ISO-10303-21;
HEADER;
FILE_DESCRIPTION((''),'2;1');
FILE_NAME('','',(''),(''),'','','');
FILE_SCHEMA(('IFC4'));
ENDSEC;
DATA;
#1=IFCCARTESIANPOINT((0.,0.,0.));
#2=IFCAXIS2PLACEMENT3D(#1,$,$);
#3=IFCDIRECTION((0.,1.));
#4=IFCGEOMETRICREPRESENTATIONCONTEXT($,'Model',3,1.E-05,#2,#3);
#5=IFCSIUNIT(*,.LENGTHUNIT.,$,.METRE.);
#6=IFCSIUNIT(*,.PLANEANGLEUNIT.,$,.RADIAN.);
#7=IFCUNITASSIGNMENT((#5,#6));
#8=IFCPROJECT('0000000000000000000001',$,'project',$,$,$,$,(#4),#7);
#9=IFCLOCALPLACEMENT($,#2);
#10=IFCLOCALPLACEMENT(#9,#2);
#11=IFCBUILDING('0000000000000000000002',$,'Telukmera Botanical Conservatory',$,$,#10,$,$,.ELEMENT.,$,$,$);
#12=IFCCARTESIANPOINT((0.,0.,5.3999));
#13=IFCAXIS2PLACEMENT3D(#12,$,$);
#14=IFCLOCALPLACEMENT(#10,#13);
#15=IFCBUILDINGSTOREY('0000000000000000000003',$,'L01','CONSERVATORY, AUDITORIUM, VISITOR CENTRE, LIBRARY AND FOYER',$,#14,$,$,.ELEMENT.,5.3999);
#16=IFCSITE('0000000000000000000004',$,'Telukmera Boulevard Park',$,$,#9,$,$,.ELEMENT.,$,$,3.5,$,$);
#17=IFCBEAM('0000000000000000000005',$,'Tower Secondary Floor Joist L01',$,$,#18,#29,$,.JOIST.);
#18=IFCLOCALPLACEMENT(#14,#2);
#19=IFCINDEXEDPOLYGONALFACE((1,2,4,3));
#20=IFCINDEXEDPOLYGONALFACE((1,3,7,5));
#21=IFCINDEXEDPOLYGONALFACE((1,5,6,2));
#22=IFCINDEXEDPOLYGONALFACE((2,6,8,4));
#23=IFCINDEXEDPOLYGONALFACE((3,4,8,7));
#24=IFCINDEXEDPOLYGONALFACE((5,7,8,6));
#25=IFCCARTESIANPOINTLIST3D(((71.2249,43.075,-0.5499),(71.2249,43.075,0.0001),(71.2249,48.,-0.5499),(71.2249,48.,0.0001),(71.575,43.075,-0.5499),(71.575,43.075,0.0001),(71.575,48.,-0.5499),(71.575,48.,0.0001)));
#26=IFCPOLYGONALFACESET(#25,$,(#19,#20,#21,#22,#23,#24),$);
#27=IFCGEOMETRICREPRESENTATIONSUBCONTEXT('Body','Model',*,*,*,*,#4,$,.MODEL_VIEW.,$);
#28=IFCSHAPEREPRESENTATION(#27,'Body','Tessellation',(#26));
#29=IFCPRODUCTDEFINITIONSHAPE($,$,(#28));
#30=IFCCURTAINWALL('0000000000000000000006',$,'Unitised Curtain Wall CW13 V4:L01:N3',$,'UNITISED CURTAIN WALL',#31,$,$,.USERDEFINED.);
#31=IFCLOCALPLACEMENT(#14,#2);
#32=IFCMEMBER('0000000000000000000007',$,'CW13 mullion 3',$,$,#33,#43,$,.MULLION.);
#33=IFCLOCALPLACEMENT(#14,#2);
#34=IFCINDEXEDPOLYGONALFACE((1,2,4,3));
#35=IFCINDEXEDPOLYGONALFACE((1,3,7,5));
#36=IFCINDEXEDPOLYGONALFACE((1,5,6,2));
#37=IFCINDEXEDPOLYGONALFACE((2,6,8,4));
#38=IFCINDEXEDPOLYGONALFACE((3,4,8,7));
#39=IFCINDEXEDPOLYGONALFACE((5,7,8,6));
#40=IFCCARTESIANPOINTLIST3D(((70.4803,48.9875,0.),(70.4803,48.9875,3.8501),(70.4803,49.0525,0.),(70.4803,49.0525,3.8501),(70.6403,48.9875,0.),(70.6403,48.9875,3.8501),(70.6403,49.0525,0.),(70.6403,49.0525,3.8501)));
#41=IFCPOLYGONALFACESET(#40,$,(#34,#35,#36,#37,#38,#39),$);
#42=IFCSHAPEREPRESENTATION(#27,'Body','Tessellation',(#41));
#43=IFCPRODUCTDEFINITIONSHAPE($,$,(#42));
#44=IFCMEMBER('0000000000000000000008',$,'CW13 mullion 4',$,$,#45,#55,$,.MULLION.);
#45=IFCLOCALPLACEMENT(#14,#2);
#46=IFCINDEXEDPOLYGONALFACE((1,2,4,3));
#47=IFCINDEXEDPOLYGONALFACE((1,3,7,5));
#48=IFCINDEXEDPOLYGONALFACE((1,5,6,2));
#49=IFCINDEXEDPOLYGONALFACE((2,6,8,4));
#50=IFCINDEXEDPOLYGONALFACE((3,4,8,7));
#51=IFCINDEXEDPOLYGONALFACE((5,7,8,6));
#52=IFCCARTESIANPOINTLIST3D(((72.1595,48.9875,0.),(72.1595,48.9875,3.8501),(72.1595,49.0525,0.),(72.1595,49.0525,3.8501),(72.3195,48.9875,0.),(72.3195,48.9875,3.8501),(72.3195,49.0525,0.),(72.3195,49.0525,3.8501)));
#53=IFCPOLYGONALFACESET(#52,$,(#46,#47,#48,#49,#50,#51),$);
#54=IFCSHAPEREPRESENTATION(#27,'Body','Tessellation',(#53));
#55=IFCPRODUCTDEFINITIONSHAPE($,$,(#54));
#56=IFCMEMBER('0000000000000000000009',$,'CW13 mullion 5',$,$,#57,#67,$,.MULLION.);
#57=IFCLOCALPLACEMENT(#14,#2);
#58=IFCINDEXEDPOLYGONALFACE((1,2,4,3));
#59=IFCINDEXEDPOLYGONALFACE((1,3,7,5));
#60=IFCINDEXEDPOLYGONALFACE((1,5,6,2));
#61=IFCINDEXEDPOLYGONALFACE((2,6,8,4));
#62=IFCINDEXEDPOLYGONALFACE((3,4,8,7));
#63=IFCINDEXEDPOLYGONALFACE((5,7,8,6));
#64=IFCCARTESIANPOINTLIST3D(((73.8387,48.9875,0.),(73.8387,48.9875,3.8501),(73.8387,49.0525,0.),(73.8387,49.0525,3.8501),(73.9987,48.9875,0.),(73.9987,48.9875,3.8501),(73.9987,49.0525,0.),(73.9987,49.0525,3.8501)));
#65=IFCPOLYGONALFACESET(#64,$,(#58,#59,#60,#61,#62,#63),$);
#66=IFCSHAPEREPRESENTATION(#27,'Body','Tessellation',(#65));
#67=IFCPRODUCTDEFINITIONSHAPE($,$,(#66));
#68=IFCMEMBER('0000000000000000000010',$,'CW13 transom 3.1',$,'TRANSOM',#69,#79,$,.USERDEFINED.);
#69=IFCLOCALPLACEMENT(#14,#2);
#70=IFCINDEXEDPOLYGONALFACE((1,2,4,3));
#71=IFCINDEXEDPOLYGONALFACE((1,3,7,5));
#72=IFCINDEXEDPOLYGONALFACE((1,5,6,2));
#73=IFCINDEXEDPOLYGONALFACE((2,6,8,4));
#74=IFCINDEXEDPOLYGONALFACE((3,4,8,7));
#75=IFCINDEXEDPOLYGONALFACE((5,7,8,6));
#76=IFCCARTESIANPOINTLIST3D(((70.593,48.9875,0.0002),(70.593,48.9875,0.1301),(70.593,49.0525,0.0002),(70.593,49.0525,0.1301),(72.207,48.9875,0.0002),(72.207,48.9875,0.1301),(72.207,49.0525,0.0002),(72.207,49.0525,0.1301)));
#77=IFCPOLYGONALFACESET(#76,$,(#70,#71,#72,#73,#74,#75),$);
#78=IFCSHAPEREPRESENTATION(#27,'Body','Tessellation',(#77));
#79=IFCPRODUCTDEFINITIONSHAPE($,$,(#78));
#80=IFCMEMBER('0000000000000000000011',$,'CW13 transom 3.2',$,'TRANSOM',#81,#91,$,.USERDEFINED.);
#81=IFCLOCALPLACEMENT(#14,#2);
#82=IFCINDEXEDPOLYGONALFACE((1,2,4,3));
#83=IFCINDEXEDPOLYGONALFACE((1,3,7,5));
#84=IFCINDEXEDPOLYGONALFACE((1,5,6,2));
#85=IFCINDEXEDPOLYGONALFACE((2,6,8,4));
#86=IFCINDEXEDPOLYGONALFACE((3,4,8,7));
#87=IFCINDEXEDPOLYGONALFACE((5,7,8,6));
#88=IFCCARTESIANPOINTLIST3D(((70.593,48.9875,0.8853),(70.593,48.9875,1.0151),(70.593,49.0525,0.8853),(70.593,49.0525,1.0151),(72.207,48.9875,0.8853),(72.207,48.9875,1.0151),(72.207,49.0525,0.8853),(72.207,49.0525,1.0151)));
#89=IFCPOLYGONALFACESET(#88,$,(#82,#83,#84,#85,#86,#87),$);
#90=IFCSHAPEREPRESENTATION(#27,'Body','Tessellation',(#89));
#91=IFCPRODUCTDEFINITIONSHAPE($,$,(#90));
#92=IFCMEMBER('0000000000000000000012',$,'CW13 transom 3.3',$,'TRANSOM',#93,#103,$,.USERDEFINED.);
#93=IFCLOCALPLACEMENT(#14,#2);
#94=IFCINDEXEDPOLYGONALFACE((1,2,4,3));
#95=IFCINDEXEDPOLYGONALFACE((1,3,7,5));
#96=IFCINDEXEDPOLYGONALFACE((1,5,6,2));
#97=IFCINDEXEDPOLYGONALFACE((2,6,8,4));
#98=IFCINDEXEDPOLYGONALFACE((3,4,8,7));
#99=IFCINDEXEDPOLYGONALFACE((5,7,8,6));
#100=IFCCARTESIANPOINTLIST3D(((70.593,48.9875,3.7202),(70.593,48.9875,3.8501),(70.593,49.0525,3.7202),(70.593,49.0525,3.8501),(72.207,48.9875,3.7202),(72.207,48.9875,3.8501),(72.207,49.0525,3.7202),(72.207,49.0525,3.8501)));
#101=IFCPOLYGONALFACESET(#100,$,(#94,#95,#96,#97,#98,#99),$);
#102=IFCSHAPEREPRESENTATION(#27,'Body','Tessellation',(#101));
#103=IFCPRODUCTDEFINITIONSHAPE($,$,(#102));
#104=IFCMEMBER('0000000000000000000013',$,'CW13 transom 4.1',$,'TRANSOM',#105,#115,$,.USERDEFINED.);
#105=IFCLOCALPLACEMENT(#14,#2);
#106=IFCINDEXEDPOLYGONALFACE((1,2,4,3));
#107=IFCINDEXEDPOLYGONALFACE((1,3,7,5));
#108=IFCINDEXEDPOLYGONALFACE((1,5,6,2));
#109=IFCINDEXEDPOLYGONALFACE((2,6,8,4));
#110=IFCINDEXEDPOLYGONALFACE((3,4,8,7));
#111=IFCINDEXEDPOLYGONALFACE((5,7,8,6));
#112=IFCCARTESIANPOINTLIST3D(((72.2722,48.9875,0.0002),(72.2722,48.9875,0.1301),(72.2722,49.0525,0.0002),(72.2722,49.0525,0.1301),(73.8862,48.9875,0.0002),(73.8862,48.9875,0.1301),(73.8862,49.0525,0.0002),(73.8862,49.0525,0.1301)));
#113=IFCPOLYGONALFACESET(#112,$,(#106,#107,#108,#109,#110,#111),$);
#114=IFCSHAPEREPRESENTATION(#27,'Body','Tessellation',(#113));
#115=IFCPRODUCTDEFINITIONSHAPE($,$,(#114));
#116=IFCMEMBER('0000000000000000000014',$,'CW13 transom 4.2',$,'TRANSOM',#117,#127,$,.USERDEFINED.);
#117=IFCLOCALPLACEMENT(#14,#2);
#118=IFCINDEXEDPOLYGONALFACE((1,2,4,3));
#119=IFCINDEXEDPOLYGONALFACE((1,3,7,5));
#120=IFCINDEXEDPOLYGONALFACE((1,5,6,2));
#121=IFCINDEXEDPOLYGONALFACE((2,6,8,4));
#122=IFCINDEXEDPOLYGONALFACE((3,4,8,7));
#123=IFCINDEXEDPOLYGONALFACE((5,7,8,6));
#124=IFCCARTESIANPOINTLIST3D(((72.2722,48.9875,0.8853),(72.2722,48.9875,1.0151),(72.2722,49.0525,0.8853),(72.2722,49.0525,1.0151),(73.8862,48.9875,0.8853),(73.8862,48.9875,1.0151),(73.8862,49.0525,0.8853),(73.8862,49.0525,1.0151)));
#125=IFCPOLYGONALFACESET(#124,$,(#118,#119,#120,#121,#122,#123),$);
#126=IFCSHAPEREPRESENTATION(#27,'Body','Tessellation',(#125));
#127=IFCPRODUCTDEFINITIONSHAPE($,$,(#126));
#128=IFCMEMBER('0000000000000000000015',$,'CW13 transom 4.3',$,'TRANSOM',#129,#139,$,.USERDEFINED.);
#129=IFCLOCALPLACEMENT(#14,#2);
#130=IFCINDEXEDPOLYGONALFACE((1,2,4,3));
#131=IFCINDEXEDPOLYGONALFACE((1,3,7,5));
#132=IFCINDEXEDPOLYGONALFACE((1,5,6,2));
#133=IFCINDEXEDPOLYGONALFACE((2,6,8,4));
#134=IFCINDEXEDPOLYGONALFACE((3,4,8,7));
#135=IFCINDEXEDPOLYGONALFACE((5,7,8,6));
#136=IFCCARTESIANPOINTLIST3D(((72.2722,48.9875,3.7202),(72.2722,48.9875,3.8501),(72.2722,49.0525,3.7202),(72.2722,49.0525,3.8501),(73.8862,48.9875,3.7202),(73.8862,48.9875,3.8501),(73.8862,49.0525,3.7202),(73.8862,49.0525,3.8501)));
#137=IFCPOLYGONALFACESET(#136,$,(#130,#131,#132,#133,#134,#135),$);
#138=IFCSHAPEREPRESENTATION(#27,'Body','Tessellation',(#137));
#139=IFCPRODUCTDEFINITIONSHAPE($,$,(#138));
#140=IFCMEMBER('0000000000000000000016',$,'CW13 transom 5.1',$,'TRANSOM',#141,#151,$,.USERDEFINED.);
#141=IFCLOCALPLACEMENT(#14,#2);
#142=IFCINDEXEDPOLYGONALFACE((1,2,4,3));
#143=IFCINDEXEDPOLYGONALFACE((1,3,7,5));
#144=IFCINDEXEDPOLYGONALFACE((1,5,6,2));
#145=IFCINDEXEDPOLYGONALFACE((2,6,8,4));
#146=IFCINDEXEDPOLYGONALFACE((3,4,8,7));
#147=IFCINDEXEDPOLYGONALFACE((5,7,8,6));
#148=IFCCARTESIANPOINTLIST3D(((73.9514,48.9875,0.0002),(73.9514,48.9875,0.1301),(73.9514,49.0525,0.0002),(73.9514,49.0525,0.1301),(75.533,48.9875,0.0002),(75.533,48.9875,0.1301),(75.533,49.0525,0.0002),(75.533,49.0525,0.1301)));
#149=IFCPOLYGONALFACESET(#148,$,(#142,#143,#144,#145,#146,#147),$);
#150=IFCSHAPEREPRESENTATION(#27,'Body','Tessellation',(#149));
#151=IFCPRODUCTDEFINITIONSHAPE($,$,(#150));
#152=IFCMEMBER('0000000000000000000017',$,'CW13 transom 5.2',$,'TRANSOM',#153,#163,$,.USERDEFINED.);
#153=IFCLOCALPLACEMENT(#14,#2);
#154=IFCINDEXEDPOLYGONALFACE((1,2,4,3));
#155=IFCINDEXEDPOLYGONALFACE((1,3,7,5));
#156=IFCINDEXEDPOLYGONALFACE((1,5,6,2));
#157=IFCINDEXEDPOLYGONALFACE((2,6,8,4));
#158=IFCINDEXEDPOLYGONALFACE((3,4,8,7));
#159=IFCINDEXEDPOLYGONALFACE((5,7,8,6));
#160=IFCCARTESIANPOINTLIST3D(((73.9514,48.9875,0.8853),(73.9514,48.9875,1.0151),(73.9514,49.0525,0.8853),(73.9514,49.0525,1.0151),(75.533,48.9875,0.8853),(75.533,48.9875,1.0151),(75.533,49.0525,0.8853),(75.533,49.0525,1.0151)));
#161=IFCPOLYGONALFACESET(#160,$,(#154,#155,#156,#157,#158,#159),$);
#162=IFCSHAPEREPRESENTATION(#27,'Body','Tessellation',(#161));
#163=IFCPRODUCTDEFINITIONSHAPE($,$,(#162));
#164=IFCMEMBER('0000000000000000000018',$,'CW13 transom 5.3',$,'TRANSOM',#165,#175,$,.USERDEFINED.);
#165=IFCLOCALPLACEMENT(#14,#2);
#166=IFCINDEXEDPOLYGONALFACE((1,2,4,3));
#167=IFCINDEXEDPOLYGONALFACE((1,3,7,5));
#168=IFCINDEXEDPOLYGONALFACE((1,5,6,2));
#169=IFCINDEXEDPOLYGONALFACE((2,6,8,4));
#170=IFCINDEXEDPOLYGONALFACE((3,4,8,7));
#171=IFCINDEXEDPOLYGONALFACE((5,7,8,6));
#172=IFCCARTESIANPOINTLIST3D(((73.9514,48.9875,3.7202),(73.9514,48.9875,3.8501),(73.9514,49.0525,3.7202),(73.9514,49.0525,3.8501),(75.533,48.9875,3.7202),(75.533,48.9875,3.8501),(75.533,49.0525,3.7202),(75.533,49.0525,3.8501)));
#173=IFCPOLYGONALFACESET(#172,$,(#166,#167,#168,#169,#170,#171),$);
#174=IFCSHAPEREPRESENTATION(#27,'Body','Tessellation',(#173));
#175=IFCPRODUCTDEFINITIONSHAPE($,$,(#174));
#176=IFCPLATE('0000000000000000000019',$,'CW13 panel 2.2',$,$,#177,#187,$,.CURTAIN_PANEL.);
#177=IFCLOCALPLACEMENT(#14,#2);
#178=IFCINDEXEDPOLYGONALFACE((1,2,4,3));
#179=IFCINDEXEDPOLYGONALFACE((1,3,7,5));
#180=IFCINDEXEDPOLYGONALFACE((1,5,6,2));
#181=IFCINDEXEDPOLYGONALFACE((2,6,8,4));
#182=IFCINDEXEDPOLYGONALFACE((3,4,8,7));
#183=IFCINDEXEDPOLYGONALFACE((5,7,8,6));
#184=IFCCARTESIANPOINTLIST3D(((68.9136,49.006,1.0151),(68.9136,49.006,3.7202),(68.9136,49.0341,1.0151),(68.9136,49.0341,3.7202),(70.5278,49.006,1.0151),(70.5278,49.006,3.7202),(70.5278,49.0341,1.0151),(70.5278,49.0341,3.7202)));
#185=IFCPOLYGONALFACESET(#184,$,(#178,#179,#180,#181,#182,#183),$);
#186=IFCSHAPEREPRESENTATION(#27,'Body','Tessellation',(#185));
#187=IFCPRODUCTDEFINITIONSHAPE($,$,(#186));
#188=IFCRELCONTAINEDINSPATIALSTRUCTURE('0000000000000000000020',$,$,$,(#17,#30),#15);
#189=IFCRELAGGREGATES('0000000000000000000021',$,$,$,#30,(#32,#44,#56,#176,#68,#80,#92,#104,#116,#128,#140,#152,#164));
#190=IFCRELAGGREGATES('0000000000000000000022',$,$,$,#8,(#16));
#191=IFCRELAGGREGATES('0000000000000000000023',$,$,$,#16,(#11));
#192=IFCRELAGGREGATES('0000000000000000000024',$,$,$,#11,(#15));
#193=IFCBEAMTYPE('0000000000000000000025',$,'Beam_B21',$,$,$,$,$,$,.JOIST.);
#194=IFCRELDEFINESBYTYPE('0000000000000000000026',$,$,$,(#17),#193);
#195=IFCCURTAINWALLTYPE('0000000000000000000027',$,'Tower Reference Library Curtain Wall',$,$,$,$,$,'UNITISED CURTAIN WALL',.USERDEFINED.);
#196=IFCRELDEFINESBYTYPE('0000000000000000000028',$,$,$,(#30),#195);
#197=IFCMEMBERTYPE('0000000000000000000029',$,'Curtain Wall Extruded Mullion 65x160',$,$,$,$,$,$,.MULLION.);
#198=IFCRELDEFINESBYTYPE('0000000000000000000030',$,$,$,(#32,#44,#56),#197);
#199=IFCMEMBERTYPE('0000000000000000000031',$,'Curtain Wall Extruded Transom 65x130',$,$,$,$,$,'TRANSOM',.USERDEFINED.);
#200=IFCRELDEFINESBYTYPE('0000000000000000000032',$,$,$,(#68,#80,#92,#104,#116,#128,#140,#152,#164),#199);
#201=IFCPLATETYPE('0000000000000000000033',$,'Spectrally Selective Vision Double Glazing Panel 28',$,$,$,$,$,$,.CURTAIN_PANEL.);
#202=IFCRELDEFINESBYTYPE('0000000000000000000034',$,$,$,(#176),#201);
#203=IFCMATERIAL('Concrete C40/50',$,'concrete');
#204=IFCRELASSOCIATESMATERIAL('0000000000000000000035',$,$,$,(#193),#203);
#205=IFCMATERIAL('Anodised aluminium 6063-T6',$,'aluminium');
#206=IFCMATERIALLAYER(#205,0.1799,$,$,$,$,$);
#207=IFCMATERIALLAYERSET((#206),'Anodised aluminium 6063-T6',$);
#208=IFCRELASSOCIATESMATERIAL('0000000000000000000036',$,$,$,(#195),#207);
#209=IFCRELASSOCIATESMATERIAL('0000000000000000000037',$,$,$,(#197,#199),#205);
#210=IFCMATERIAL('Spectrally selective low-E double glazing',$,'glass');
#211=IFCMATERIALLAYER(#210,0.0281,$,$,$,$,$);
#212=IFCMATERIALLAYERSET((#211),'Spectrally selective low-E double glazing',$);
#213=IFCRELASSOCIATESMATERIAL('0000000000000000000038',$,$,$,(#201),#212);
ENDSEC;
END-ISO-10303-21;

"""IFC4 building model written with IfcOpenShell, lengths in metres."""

from ifc_helpers import new_model, si_unit, direction, frame, origin, origin_2d, place, context, subcontext, project, spatial, rectangle, extrude, material, layer, layer_set, material_profile, profile_set, type_object, element, aggregate, save


model = new_model("IFC4")

# Units and contexts
model_context = context("Model", 3, precision=1e-05, world=origin(), true_north=direction((0.0, 1.0)))
body_context = subcontext(model_context, "Body", "Model", "MODEL_VIEW")
ifc_project = project(units=[si_unit("LENGTHUNIT", "METRE"), si_unit("PLANEANGLEUNIT", "RADIAN")], contexts=[model_context])

# Site, building, storey
site_placement = place(None, origin())
site = spatial("IfcSite", under=ifc_project, at=site_placement, Name="Telukmera Boulevard Park", CompositionType="ELEMENT", RefElevation=3.5)
building_placement = place(site_placement, origin())
building = spatial("IfcBuilding", under=site, at=building_placement, Name="Telukmera Botanical Conservatory", CompositionType="ELEMENT")
storey_placement = place(building_placement, frame((0.0, 0.0, 5.3999)))
storey = spatial("IfcBuildingStorey", under=building, at=storey_placement, Name="L01", Description="CONSERVATORY, AUDITORIUM, VISITOR CENTRE, LIBRARY AND FOYER", CompositionType="ELEMENT", Elevation=5.3999)

# Beam
ifc_material_1 = material(Name="Concrete C40/50", Category="concrete")
ifc_material_profile_1 = material_profile(ifc_material_1, rectangle(XDim=0.3501, YDim=0.55, at=origin_2d()), Name="RC 350x550")
ifc_profile_set_1 = profile_set([ifc_material_profile_1], Name="Concrete C40/50")
beam_type = type_object("IfcBeamType", Name="Beam_B21", PredefinedType="JOIST", material=ifc_profile_set_1)
beam_placement = place(storey_placement, frame((71.3999, 43.075, -0.2749), z_axis=(0.0, 1.0, 0.0), x_axis=(-1.0, 0.0, 0.0)))
element("IfcBeam", 1, at=beam_placement, inside=storey, type_object=beam_type, Name="Tower Secondary Floor Joist L01", PredefinedType="JOIST", context=body_context, shape_type="SweptSolid", body=[
    extrude(rectangle(XDim=0.3501, YDim=0.55, at=origin_2d()), origin(), (0.0, 0.0, 1.0), 4.925),
])

# Curtain wall, members, plate
ifc_material_2 = material(Name="Anodised aluminium 6063-T6", Category="aluminium")
ifc_layer_1 = layer(ifc_material_2, 0.1799)
ifc_layer_set_1 = layer_set([ifc_layer_1], Name="Anodised aluminium 6063-T6")
curtain_wall_type = type_object("IfcCurtainWallType", Name="Tower Reference Library Curtain Wall", ElementType="UNITISED CURTAIN WALL", PredefinedType="USERDEFINED", material=ifc_layer_set_1)
curtain_wall_placement = place(storey_placement, origin())
curtain_wall = element("IfcCurtainWall", 2, at=curtain_wall_placement, inside=storey, type_object=curtain_wall_type, Name="Unitised Curtain Wall CW13 V4:L01:N3", ObjectType="UNITISED CURTAIN WALL", PredefinedType="USERDEFINED")
ifc_material_profile_2 = material_profile(ifc_material_2, rectangle(XDim=0.0649, YDim=0.1599, at=origin_2d()), Name="ALU MULL 65x160")
ifc_profile_set_2 = profile_set([ifc_material_profile_2], Name="Anodised aluminium 6063-T6")
member_type_1 = type_object("IfcMemberType", Name="Curtain Wall Extruded Mullion 65x160", PredefinedType="MULLION", material=ifc_profile_set_2)
member_1_placement = place(storey_placement, frame((70.5603, 49.02, 0.0), z_axis=(0.0, 0.0, 1.0), x_axis=(0.0, 1.0, 0.0)))
member_1 = element("IfcMember", 3, at=member_1_placement, type_object=member_type_1, Name="CW13 mullion 3", PredefinedType="MULLION", context=body_context, shape_type="SweptSolid", body=[
    extrude(rectangle(XDim=0.0649, YDim=0.1599, at=origin_2d()), origin(), (0.0, 0.0, 1.0), 3.8501),
])
member_2_placement = place(storey_placement, frame((72.2395, 49.02, 0.0), z_axis=(0.0, 0.0, 1.0), x_axis=(0.0, 1.0, 0.0)))
member_2 = element("IfcMember", 4, at=member_2_placement, type_object=member_type_1, Name="CW13 mullion 4", PredefinedType="MULLION", context=body_context, shape_type="SweptSolid", body=[
    extrude(rectangle(XDim=0.0649, YDim=0.1599, at=origin_2d()), origin(), (0.0, 0.0, 1.0), 3.8501),
])
member_3_placement = place(storey_placement, frame((73.9187, 49.02, 0.0), z_axis=(0.0, 0.0, 1.0), x_axis=(0.0, 1.0, 0.0)))
member_3 = element("IfcMember", 5, at=member_3_placement, type_object=member_type_1, Name="CW13 mullion 5", PredefinedType="MULLION", context=body_context, shape_type="SweptSolid", body=[
    extrude(rectangle(XDim=0.0649, YDim=0.1599, at=origin_2d()), origin(), (0.0, 0.0, 1.0), 3.8501),
])
ifc_material_profile_3 = material_profile(ifc_material_2, rectangle(XDim=0.0649, YDim=0.1299, at=origin_2d()), Name="ALU TRAN 65x130")
ifc_profile_set_3 = profile_set([ifc_material_profile_3], Name="Anodised aluminium 6063-T6")
member_type_2 = type_object("IfcMemberType", Name="Curtain Wall Extruded Transom 65x130", ElementType="TRANSOM", PredefinedType="USERDEFINED", material=ifc_profile_set_3)
member_4_placement = place(storey_placement, frame((70.593, 49.02, 0.0652), z_axis=(1.0, 0.0, 0.0), x_axis=(0.0, 1.0, 0.0)))
member_4 = element("IfcMember", 6, at=member_4_placement, type_object=member_type_2, Name="CW13 transom 3.1", ObjectType="TRANSOM", PredefinedType="USERDEFINED", context=body_context, shape_type="SweptSolid", body=[
    extrude(rectangle(XDim=0.0649, YDim=0.1299, at=origin_2d()), origin(), (0.0, 0.0, 1.0), 1.614),
])
member_5_placement = place(storey_placement, frame((70.593, 49.02, 0.9502), z_axis=(1.0, 0.0, 0.0), x_axis=(0.0, 1.0, 0.0)))
member_5 = element("IfcMember", 7, at=member_5_placement, type_object=member_type_2, Name="CW13 transom 3.2", ObjectType="TRANSOM", PredefinedType="USERDEFINED", context=body_context, shape_type="SweptSolid", body=[
    extrude(rectangle(XDim=0.0649, YDim=0.1299, at=origin_2d()), origin(), (0.0, 0.0, 1.0), 1.614),
])
member_6_placement = place(storey_placement, frame((70.593, 49.02, 3.7852), z_axis=(1.0, 0.0, 0.0), x_axis=(0.0, 1.0, 0.0)))
member_6 = element("IfcMember", 8, at=member_6_placement, type_object=member_type_2, Name="CW13 transom 3.3", ObjectType="TRANSOM", PredefinedType="USERDEFINED", context=body_context, shape_type="SweptSolid", body=[
    extrude(rectangle(XDim=0.0649, YDim=0.1299, at=origin_2d()), origin(), (0.0, 0.0, 1.0), 1.614),
])
member_7_placement = place(storey_placement, frame((72.2722, 49.02, 0.0652), z_axis=(1.0, 0.0, 0.0), x_axis=(0.0, 1.0, 0.0)))
member_7 = element("IfcMember", 9, at=member_7_placement, type_object=member_type_2, Name="CW13 transom 4.1", ObjectType="TRANSOM", PredefinedType="USERDEFINED", context=body_context, shape_type="SweptSolid", body=[
    extrude(rectangle(XDim=0.0649, YDim=0.1299, at=origin_2d()), origin(), (0.0, 0.0, 1.0), 1.614),
])
member_8_placement = place(storey_placement, frame((72.2722, 49.02, 0.9502), z_axis=(1.0, 0.0, 0.0), x_axis=(0.0, 1.0, 0.0)))
member_8 = element("IfcMember", 10, at=member_8_placement, type_object=member_type_2, Name="CW13 transom 4.2", ObjectType="TRANSOM", PredefinedType="USERDEFINED", context=body_context, shape_type="SweptSolid", body=[
    extrude(rectangle(XDim=0.0649, YDim=0.1299, at=origin_2d()), origin(), (0.0, 0.0, 1.0), 1.614),
])
member_9_placement = place(storey_placement, frame((72.2722, 49.02, 3.7852), z_axis=(1.0, 0.0, 0.0), x_axis=(0.0, 1.0, 0.0)))
member_9 = element("IfcMember", 11, at=member_9_placement, type_object=member_type_2, Name="CW13 transom 4.3", ObjectType="TRANSOM", PredefinedType="USERDEFINED", context=body_context, shape_type="SweptSolid", body=[
    extrude(rectangle(XDim=0.0649, YDim=0.1299, at=origin_2d()), origin(), (0.0, 0.0, 1.0), 1.614),
])
member_10_placement = place(storey_placement, frame((73.9514, 49.02, 0.0652), z_axis=(1.0, 0.0, 0.0), x_axis=(0.0, 1.0, 0.0)))
member_10 = element("IfcMember", 12, at=member_10_placement, type_object=member_type_2, Name="CW13 transom 5.1", ObjectType="TRANSOM", PredefinedType="USERDEFINED", context=body_context, shape_type="SweptSolid", body=[
    extrude(rectangle(XDim=0.0649, YDim=0.1299, at=origin_2d()), origin(), (0.0, 0.0, 1.0), 1.5815),
])
member_11_placement = place(storey_placement, frame((73.9514, 49.02, 0.9502), z_axis=(1.0, 0.0, 0.0), x_axis=(0.0, 1.0, 0.0)))
member_11 = element("IfcMember", 13, at=member_11_placement, type_object=member_type_2, Name="CW13 transom 5.2", ObjectType="TRANSOM", PredefinedType="USERDEFINED", context=body_context, shape_type="SweptSolid", body=[
    extrude(rectangle(XDim=0.0649, YDim=0.1299, at=origin_2d()), origin(), (0.0, 0.0, 1.0), 1.5815),
])
member_12_placement = place(storey_placement, frame((73.9514, 49.02, 3.7852), z_axis=(1.0, 0.0, 0.0), x_axis=(0.0, 1.0, 0.0)))
member_12 = element("IfcMember", 14, at=member_12_placement, type_object=member_type_2, Name="CW13 transom 5.3", ObjectType="TRANSOM", PredefinedType="USERDEFINED", context=body_context, shape_type="SweptSolid", body=[
    extrude(rectangle(XDim=0.0649, YDim=0.1299, at=origin_2d()), origin(), (0.0, 0.0, 1.0), 1.5815),
])
ifc_material_3 = material(Name="Spectrally selective low-E double glazing", Category="glass")
ifc_layer_2 = layer(ifc_material_3, 0.0281)
ifc_layer_set_2 = layer_set([ifc_layer_2], Name="Spectrally selective low-E double glazing")
plate_type = type_object("IfcPlateType", Name="Spectrally Selective Vision Double Glazing Panel 28", PredefinedType="CURTAIN_PANEL", material=ifc_layer_set_2)
plate_1_placement = place(storey_placement, frame((69.7207, 49.02, 1.0151), z_axis=(0.0, 0.0, 1.0), x_axis=(1.0, 0.0, 0.0)))
plate_1 = element("IfcPlate", 15, at=plate_1_placement, type_object=plate_type, Name="CW13 panel 2.2", PredefinedType="CURTAIN_PANEL", context=body_context, shape_type="SweptSolid", body=[
    extrude(rectangle(XDim=1.6143, YDim=0.0281, at=origin_2d()), origin(), (0.0, 0.0, 1.0), 2.7051),
])
aggregate(curtain_wall, [member_1, member_2, member_3, plate_1, member_4, member_5, member_6, member_7, member_8, member_9, member_10, member_11, member_12])

save(model, "model.ifc")
